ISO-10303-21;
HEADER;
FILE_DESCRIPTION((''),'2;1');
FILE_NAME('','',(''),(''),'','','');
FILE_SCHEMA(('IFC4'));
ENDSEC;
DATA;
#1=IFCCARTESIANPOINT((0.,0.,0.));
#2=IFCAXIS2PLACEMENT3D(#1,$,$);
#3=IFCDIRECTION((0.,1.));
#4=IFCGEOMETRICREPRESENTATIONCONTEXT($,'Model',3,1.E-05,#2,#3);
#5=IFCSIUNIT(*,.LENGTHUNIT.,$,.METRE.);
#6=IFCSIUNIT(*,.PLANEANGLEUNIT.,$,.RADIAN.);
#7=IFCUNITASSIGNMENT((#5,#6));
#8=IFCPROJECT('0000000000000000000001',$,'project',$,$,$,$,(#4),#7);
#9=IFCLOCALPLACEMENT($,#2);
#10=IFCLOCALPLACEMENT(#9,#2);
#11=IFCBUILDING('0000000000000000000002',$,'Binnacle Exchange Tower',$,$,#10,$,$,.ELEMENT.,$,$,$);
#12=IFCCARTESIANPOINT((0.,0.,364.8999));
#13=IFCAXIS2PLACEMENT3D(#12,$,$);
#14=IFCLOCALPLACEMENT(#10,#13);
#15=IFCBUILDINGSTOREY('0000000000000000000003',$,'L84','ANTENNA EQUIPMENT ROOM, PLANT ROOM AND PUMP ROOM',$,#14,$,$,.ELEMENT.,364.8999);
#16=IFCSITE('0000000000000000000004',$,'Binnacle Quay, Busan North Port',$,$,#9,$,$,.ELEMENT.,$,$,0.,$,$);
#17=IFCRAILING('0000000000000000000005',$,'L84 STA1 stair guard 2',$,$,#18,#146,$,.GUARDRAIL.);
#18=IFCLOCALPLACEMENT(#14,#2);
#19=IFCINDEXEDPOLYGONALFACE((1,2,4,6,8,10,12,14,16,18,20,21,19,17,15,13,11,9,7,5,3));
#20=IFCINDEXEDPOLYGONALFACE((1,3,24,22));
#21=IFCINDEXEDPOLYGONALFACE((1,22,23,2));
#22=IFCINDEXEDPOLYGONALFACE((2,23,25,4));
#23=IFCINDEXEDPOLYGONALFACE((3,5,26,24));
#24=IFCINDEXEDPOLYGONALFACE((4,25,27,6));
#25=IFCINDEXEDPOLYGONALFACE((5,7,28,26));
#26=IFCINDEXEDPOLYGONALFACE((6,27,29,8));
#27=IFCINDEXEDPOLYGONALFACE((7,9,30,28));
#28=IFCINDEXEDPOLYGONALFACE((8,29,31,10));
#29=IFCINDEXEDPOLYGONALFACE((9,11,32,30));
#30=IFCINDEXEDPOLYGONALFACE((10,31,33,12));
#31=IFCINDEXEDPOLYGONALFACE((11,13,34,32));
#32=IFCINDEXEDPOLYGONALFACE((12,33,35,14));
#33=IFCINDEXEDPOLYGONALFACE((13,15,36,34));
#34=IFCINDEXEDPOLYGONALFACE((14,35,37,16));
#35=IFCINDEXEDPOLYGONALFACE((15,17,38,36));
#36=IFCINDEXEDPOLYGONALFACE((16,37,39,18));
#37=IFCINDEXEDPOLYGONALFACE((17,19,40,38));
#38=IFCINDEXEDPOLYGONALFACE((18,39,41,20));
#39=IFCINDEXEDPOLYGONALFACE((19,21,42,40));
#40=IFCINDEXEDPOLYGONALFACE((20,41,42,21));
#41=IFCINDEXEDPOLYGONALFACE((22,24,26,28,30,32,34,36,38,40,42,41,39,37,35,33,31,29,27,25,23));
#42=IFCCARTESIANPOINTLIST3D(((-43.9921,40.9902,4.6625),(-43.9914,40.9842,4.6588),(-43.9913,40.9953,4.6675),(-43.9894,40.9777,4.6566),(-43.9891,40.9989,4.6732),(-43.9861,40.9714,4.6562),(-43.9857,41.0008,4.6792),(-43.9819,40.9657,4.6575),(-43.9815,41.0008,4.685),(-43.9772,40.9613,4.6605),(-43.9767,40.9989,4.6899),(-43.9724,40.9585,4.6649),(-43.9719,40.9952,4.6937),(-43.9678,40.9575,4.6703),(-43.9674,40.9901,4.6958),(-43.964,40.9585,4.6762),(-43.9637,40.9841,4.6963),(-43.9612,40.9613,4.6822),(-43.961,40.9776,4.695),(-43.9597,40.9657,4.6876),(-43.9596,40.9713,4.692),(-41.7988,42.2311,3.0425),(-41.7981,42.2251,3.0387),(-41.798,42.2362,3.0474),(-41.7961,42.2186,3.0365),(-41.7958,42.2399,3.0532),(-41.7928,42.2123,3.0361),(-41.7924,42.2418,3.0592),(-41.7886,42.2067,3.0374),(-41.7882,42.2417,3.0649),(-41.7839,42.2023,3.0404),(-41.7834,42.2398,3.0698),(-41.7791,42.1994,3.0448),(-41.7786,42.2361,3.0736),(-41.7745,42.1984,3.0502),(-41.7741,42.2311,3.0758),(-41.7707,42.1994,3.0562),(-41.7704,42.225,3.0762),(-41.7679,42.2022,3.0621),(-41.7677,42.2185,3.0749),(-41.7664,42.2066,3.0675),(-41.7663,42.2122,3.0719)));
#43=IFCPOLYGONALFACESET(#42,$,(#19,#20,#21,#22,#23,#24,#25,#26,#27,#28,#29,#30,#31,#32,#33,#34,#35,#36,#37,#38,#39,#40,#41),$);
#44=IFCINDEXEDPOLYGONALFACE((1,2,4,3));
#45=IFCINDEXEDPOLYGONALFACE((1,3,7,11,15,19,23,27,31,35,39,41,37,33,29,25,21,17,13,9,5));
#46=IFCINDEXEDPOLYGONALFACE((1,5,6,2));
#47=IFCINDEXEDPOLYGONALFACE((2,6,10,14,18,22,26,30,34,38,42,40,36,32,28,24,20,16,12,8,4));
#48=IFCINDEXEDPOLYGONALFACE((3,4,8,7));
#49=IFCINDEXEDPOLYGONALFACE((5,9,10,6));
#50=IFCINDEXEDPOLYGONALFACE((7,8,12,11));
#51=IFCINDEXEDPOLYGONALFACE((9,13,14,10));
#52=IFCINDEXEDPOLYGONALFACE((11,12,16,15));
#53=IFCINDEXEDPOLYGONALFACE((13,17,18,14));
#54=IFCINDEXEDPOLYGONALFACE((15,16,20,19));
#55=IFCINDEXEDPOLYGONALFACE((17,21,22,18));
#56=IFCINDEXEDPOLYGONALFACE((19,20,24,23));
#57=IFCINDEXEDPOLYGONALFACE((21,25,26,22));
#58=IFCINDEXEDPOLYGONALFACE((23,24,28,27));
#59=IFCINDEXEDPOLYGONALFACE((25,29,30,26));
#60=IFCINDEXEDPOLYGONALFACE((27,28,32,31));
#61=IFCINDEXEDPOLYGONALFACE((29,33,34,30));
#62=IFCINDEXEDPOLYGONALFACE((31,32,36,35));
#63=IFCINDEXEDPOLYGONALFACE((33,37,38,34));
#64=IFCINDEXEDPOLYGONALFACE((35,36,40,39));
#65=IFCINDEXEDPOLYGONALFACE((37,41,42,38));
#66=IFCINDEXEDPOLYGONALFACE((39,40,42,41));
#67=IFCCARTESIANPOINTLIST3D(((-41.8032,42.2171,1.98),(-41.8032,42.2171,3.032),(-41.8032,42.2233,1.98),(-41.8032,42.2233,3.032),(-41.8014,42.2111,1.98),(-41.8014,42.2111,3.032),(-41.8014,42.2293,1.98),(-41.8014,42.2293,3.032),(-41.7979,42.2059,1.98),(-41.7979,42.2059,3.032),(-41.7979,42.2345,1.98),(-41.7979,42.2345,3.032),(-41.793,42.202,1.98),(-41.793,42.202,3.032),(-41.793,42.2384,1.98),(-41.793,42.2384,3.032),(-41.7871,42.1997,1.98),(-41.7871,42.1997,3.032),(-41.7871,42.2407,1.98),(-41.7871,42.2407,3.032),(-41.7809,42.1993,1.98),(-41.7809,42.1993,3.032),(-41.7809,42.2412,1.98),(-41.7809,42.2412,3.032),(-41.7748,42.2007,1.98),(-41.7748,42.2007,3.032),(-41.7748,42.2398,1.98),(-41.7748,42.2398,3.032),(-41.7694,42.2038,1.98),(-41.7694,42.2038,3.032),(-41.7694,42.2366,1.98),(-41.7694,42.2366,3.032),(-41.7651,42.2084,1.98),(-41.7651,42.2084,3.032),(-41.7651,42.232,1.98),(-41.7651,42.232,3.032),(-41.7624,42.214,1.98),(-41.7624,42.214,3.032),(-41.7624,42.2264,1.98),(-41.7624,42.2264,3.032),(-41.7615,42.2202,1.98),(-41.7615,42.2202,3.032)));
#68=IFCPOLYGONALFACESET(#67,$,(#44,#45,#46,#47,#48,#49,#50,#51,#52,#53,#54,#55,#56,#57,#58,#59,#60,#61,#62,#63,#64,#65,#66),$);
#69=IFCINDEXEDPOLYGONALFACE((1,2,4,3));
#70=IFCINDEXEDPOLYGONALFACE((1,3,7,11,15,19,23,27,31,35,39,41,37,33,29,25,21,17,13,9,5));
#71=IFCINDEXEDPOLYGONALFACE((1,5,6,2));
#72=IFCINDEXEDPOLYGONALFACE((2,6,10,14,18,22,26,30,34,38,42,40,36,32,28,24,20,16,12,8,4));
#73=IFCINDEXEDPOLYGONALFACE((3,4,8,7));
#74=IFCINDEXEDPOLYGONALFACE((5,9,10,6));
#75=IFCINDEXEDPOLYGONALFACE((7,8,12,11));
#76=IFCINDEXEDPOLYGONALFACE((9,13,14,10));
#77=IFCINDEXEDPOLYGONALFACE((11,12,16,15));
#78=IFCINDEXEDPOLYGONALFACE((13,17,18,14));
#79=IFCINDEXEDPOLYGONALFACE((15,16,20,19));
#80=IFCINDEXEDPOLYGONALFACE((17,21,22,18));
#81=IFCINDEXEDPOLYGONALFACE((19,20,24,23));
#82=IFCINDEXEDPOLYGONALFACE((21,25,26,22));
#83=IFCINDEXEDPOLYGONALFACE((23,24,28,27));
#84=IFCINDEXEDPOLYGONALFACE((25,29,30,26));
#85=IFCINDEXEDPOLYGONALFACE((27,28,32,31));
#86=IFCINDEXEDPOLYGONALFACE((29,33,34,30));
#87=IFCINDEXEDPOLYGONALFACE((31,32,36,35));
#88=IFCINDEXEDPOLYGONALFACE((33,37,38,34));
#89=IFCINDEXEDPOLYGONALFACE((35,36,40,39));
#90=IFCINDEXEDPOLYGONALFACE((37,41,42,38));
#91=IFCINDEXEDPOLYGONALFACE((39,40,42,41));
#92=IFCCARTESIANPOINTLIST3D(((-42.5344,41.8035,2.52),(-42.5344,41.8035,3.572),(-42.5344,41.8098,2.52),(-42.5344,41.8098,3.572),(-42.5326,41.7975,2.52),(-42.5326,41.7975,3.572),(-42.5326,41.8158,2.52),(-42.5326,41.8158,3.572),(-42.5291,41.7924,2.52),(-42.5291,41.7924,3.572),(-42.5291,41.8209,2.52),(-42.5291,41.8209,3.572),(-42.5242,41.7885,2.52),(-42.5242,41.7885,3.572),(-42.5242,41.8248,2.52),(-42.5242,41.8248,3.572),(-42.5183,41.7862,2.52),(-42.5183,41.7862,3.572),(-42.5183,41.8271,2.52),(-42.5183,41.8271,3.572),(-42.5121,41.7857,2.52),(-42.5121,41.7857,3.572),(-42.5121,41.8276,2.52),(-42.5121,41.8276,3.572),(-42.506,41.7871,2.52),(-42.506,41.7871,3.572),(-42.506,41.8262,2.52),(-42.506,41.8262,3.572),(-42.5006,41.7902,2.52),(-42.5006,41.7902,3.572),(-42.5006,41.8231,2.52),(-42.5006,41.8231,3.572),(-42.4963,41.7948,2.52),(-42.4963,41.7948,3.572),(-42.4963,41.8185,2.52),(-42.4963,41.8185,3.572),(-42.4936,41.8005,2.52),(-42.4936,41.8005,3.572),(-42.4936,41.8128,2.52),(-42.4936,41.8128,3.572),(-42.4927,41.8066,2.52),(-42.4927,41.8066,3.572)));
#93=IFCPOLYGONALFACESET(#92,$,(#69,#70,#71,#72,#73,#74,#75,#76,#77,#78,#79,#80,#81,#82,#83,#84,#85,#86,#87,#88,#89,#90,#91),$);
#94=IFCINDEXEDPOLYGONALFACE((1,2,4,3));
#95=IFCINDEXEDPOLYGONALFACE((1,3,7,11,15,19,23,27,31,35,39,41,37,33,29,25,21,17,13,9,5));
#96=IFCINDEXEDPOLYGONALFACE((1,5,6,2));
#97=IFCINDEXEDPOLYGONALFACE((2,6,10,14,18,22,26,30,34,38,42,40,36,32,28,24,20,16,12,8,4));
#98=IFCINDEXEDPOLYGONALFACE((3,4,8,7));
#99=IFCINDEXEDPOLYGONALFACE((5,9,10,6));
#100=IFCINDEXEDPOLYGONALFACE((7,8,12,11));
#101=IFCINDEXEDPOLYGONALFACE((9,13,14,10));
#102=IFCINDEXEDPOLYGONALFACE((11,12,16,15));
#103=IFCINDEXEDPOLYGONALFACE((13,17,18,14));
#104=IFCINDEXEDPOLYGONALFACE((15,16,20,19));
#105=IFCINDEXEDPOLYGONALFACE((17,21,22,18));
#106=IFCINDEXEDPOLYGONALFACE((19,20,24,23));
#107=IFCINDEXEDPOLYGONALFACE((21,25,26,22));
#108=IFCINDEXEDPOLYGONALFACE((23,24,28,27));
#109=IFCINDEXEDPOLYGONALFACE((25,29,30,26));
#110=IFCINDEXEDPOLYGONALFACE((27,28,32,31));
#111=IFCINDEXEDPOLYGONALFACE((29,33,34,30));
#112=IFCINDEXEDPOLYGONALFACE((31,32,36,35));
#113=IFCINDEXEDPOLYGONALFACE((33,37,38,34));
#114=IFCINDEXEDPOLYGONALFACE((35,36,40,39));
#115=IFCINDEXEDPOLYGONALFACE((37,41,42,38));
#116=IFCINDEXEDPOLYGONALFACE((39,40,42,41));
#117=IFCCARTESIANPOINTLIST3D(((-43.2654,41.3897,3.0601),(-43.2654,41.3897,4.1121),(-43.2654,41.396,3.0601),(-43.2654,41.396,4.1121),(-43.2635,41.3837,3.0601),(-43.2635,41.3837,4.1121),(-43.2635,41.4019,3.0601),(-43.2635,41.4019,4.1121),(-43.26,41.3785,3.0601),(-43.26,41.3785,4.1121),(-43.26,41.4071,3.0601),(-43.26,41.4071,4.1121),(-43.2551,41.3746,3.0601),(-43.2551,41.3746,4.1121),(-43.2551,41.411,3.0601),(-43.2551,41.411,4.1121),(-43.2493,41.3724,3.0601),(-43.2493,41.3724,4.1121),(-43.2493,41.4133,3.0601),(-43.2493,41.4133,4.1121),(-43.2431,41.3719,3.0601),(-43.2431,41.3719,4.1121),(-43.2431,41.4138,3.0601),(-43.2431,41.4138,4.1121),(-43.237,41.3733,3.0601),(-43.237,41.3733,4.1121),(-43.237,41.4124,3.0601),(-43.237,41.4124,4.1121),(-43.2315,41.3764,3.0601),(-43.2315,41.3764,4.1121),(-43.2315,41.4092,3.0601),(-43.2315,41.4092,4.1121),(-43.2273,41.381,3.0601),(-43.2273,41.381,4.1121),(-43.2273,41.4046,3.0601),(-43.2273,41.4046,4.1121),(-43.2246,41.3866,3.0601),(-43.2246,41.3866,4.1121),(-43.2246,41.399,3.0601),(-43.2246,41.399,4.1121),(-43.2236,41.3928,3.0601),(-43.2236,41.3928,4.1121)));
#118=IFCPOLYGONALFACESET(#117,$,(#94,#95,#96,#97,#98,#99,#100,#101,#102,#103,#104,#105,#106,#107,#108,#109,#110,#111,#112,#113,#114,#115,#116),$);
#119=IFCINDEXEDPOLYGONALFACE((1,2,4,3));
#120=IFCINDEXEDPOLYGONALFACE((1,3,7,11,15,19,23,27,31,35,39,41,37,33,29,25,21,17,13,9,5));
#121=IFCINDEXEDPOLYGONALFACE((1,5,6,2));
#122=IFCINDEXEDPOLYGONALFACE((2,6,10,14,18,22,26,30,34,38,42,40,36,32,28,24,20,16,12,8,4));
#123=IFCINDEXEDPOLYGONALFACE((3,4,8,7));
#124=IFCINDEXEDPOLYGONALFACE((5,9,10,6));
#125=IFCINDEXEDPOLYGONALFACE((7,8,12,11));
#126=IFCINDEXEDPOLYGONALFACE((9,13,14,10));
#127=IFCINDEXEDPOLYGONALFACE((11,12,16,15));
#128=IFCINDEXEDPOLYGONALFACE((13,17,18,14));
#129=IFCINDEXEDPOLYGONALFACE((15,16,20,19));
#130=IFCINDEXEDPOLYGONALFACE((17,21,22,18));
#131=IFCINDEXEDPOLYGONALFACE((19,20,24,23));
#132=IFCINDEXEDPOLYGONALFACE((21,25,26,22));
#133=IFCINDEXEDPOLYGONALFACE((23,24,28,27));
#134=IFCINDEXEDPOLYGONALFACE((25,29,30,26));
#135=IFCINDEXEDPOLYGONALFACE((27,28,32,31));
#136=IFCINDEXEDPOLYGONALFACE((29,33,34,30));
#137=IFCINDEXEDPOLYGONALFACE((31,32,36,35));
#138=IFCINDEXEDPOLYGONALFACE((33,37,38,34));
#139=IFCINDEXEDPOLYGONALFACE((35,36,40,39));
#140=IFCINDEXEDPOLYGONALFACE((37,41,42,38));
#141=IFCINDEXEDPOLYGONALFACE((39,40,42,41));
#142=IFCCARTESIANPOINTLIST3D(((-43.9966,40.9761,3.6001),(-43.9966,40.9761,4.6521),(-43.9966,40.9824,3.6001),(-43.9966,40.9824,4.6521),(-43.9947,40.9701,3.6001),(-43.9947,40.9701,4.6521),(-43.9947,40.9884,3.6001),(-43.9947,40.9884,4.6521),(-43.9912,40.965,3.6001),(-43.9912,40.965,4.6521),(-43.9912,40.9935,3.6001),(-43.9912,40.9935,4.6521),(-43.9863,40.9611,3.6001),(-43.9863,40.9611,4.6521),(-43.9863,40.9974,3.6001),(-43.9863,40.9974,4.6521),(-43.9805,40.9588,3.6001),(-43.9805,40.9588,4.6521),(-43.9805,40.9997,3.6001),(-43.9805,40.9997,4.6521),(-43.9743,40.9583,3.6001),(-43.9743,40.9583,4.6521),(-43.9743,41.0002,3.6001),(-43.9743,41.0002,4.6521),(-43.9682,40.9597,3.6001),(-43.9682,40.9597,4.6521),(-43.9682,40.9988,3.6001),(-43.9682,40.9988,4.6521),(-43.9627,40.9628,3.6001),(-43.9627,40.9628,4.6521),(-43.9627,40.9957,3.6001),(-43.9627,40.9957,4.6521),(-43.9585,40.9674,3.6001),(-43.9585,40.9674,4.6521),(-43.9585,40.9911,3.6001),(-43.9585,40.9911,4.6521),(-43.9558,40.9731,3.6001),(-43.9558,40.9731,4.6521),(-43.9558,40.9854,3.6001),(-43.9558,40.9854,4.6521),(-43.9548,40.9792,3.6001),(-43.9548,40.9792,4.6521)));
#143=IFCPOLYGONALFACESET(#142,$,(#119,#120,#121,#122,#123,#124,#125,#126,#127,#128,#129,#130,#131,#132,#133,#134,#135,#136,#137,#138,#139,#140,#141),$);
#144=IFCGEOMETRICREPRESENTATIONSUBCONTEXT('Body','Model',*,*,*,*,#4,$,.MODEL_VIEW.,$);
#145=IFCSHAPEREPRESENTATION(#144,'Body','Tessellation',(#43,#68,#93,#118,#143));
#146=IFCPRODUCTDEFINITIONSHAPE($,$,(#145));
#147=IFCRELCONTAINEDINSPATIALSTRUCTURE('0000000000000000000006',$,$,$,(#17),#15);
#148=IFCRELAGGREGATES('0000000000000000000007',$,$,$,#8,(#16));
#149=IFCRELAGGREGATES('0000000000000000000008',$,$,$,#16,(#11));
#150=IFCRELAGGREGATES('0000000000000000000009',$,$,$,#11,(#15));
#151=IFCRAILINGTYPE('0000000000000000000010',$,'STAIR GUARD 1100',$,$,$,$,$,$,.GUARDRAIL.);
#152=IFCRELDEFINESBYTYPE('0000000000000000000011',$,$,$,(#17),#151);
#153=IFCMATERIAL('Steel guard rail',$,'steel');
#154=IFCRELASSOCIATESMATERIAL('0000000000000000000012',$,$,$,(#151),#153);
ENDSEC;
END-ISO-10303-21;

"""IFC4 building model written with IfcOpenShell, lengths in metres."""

from ifc_helpers import new_model, si_unit, direction, frame, origin, origin_2d, place, context, subcontext, project, spatial, circle, extrude, material, type_object, element, save


model = new_model("IFC4")

# Units and contexts
model_context = context("Model", 3, precision=1e-05, world=origin(), true_north=direction((0.0, 1.0)))
body_context = subcontext(model_context, "Body", "Model", "MODEL_VIEW")
ifc_project = project(units=[si_unit("LENGTHUNIT", "METRE"), si_unit("PLANEANGLEUNIT", "RADIAN")], contexts=[model_context])

# Site, building, storey
site_placement = place(None, origin())
site = spatial("IfcSite", under=ifc_project, at=site_placement, Name="Binnacle Quay, Busan North Port", CompositionType="ELEMENT", RefElevation=0.0)
building_placement = place(site_placement, origin())
building = spatial("IfcBuilding", under=site, at=building_placement, Name="Binnacle Exchange Tower", CompositionType="ELEMENT")
storey_placement = place(building_placement, frame((0.0, 0.0, 364.8999)))
storey = spatial("IfcBuildingStorey", under=building, at=storey_placement, Name="L84", Description="ANTENNA EQUIPMENT ROOM, PLANT ROOM AND PUMP ROOM", CompositionType="ELEMENT", Elevation=364.8999)

# Railing
ifc_material_1 = material(Name="Steel guard rail", Category="steel")
railing_type_1 = type_object("IfcRailingType", Name="STAIR GUARD 1100", PredefinedType="GUARDRAIL", material=ifc_material_1)
railing_1_placement = place(storey_placement, frame((-41.7825, 42.2202, 1.98)))
element("IfcRailing", 1, at=railing_1_placement, inside=storey, type_object=railing_type_1, Name="L84 STA1 stair guard 2", PredefinedType="GUARDRAIL", context=body_context, shape_type="SweptSolid", body=[
    extrude(circle(Radius=0.0239, at=origin_2d()), frame((0.0, 0.0, 1.0762), z_axis=(-0.732113, -0.414217, 0.540772), x_axis=(0.492431, -0.870352, 0.0)), (0.0, 0.0, 1.0), 2.9958),
    extrude(circle(Radius=0.021, at=origin_2d()), origin(), (0.0, 0.0, 1.0), 1.052),
    extrude(circle(Radius=0.021, at=origin_2d()), frame((-0.7312, -0.4136, 0.54)), (0.0, 0.0, 1.0), 1.052),
    extrude(circle(Radius=0.021, at=origin_2d()), frame((-1.4622, -0.8274, 1.0801)), (0.0, 0.0, 1.0), 1.052),
    extrude(circle(Radius=0.021, at=origin_2d()), frame((-2.1934, -1.241, 1.6201)), (0.0, 0.0, 1.0), 1.052),
])

save(model, "model.ifc")
